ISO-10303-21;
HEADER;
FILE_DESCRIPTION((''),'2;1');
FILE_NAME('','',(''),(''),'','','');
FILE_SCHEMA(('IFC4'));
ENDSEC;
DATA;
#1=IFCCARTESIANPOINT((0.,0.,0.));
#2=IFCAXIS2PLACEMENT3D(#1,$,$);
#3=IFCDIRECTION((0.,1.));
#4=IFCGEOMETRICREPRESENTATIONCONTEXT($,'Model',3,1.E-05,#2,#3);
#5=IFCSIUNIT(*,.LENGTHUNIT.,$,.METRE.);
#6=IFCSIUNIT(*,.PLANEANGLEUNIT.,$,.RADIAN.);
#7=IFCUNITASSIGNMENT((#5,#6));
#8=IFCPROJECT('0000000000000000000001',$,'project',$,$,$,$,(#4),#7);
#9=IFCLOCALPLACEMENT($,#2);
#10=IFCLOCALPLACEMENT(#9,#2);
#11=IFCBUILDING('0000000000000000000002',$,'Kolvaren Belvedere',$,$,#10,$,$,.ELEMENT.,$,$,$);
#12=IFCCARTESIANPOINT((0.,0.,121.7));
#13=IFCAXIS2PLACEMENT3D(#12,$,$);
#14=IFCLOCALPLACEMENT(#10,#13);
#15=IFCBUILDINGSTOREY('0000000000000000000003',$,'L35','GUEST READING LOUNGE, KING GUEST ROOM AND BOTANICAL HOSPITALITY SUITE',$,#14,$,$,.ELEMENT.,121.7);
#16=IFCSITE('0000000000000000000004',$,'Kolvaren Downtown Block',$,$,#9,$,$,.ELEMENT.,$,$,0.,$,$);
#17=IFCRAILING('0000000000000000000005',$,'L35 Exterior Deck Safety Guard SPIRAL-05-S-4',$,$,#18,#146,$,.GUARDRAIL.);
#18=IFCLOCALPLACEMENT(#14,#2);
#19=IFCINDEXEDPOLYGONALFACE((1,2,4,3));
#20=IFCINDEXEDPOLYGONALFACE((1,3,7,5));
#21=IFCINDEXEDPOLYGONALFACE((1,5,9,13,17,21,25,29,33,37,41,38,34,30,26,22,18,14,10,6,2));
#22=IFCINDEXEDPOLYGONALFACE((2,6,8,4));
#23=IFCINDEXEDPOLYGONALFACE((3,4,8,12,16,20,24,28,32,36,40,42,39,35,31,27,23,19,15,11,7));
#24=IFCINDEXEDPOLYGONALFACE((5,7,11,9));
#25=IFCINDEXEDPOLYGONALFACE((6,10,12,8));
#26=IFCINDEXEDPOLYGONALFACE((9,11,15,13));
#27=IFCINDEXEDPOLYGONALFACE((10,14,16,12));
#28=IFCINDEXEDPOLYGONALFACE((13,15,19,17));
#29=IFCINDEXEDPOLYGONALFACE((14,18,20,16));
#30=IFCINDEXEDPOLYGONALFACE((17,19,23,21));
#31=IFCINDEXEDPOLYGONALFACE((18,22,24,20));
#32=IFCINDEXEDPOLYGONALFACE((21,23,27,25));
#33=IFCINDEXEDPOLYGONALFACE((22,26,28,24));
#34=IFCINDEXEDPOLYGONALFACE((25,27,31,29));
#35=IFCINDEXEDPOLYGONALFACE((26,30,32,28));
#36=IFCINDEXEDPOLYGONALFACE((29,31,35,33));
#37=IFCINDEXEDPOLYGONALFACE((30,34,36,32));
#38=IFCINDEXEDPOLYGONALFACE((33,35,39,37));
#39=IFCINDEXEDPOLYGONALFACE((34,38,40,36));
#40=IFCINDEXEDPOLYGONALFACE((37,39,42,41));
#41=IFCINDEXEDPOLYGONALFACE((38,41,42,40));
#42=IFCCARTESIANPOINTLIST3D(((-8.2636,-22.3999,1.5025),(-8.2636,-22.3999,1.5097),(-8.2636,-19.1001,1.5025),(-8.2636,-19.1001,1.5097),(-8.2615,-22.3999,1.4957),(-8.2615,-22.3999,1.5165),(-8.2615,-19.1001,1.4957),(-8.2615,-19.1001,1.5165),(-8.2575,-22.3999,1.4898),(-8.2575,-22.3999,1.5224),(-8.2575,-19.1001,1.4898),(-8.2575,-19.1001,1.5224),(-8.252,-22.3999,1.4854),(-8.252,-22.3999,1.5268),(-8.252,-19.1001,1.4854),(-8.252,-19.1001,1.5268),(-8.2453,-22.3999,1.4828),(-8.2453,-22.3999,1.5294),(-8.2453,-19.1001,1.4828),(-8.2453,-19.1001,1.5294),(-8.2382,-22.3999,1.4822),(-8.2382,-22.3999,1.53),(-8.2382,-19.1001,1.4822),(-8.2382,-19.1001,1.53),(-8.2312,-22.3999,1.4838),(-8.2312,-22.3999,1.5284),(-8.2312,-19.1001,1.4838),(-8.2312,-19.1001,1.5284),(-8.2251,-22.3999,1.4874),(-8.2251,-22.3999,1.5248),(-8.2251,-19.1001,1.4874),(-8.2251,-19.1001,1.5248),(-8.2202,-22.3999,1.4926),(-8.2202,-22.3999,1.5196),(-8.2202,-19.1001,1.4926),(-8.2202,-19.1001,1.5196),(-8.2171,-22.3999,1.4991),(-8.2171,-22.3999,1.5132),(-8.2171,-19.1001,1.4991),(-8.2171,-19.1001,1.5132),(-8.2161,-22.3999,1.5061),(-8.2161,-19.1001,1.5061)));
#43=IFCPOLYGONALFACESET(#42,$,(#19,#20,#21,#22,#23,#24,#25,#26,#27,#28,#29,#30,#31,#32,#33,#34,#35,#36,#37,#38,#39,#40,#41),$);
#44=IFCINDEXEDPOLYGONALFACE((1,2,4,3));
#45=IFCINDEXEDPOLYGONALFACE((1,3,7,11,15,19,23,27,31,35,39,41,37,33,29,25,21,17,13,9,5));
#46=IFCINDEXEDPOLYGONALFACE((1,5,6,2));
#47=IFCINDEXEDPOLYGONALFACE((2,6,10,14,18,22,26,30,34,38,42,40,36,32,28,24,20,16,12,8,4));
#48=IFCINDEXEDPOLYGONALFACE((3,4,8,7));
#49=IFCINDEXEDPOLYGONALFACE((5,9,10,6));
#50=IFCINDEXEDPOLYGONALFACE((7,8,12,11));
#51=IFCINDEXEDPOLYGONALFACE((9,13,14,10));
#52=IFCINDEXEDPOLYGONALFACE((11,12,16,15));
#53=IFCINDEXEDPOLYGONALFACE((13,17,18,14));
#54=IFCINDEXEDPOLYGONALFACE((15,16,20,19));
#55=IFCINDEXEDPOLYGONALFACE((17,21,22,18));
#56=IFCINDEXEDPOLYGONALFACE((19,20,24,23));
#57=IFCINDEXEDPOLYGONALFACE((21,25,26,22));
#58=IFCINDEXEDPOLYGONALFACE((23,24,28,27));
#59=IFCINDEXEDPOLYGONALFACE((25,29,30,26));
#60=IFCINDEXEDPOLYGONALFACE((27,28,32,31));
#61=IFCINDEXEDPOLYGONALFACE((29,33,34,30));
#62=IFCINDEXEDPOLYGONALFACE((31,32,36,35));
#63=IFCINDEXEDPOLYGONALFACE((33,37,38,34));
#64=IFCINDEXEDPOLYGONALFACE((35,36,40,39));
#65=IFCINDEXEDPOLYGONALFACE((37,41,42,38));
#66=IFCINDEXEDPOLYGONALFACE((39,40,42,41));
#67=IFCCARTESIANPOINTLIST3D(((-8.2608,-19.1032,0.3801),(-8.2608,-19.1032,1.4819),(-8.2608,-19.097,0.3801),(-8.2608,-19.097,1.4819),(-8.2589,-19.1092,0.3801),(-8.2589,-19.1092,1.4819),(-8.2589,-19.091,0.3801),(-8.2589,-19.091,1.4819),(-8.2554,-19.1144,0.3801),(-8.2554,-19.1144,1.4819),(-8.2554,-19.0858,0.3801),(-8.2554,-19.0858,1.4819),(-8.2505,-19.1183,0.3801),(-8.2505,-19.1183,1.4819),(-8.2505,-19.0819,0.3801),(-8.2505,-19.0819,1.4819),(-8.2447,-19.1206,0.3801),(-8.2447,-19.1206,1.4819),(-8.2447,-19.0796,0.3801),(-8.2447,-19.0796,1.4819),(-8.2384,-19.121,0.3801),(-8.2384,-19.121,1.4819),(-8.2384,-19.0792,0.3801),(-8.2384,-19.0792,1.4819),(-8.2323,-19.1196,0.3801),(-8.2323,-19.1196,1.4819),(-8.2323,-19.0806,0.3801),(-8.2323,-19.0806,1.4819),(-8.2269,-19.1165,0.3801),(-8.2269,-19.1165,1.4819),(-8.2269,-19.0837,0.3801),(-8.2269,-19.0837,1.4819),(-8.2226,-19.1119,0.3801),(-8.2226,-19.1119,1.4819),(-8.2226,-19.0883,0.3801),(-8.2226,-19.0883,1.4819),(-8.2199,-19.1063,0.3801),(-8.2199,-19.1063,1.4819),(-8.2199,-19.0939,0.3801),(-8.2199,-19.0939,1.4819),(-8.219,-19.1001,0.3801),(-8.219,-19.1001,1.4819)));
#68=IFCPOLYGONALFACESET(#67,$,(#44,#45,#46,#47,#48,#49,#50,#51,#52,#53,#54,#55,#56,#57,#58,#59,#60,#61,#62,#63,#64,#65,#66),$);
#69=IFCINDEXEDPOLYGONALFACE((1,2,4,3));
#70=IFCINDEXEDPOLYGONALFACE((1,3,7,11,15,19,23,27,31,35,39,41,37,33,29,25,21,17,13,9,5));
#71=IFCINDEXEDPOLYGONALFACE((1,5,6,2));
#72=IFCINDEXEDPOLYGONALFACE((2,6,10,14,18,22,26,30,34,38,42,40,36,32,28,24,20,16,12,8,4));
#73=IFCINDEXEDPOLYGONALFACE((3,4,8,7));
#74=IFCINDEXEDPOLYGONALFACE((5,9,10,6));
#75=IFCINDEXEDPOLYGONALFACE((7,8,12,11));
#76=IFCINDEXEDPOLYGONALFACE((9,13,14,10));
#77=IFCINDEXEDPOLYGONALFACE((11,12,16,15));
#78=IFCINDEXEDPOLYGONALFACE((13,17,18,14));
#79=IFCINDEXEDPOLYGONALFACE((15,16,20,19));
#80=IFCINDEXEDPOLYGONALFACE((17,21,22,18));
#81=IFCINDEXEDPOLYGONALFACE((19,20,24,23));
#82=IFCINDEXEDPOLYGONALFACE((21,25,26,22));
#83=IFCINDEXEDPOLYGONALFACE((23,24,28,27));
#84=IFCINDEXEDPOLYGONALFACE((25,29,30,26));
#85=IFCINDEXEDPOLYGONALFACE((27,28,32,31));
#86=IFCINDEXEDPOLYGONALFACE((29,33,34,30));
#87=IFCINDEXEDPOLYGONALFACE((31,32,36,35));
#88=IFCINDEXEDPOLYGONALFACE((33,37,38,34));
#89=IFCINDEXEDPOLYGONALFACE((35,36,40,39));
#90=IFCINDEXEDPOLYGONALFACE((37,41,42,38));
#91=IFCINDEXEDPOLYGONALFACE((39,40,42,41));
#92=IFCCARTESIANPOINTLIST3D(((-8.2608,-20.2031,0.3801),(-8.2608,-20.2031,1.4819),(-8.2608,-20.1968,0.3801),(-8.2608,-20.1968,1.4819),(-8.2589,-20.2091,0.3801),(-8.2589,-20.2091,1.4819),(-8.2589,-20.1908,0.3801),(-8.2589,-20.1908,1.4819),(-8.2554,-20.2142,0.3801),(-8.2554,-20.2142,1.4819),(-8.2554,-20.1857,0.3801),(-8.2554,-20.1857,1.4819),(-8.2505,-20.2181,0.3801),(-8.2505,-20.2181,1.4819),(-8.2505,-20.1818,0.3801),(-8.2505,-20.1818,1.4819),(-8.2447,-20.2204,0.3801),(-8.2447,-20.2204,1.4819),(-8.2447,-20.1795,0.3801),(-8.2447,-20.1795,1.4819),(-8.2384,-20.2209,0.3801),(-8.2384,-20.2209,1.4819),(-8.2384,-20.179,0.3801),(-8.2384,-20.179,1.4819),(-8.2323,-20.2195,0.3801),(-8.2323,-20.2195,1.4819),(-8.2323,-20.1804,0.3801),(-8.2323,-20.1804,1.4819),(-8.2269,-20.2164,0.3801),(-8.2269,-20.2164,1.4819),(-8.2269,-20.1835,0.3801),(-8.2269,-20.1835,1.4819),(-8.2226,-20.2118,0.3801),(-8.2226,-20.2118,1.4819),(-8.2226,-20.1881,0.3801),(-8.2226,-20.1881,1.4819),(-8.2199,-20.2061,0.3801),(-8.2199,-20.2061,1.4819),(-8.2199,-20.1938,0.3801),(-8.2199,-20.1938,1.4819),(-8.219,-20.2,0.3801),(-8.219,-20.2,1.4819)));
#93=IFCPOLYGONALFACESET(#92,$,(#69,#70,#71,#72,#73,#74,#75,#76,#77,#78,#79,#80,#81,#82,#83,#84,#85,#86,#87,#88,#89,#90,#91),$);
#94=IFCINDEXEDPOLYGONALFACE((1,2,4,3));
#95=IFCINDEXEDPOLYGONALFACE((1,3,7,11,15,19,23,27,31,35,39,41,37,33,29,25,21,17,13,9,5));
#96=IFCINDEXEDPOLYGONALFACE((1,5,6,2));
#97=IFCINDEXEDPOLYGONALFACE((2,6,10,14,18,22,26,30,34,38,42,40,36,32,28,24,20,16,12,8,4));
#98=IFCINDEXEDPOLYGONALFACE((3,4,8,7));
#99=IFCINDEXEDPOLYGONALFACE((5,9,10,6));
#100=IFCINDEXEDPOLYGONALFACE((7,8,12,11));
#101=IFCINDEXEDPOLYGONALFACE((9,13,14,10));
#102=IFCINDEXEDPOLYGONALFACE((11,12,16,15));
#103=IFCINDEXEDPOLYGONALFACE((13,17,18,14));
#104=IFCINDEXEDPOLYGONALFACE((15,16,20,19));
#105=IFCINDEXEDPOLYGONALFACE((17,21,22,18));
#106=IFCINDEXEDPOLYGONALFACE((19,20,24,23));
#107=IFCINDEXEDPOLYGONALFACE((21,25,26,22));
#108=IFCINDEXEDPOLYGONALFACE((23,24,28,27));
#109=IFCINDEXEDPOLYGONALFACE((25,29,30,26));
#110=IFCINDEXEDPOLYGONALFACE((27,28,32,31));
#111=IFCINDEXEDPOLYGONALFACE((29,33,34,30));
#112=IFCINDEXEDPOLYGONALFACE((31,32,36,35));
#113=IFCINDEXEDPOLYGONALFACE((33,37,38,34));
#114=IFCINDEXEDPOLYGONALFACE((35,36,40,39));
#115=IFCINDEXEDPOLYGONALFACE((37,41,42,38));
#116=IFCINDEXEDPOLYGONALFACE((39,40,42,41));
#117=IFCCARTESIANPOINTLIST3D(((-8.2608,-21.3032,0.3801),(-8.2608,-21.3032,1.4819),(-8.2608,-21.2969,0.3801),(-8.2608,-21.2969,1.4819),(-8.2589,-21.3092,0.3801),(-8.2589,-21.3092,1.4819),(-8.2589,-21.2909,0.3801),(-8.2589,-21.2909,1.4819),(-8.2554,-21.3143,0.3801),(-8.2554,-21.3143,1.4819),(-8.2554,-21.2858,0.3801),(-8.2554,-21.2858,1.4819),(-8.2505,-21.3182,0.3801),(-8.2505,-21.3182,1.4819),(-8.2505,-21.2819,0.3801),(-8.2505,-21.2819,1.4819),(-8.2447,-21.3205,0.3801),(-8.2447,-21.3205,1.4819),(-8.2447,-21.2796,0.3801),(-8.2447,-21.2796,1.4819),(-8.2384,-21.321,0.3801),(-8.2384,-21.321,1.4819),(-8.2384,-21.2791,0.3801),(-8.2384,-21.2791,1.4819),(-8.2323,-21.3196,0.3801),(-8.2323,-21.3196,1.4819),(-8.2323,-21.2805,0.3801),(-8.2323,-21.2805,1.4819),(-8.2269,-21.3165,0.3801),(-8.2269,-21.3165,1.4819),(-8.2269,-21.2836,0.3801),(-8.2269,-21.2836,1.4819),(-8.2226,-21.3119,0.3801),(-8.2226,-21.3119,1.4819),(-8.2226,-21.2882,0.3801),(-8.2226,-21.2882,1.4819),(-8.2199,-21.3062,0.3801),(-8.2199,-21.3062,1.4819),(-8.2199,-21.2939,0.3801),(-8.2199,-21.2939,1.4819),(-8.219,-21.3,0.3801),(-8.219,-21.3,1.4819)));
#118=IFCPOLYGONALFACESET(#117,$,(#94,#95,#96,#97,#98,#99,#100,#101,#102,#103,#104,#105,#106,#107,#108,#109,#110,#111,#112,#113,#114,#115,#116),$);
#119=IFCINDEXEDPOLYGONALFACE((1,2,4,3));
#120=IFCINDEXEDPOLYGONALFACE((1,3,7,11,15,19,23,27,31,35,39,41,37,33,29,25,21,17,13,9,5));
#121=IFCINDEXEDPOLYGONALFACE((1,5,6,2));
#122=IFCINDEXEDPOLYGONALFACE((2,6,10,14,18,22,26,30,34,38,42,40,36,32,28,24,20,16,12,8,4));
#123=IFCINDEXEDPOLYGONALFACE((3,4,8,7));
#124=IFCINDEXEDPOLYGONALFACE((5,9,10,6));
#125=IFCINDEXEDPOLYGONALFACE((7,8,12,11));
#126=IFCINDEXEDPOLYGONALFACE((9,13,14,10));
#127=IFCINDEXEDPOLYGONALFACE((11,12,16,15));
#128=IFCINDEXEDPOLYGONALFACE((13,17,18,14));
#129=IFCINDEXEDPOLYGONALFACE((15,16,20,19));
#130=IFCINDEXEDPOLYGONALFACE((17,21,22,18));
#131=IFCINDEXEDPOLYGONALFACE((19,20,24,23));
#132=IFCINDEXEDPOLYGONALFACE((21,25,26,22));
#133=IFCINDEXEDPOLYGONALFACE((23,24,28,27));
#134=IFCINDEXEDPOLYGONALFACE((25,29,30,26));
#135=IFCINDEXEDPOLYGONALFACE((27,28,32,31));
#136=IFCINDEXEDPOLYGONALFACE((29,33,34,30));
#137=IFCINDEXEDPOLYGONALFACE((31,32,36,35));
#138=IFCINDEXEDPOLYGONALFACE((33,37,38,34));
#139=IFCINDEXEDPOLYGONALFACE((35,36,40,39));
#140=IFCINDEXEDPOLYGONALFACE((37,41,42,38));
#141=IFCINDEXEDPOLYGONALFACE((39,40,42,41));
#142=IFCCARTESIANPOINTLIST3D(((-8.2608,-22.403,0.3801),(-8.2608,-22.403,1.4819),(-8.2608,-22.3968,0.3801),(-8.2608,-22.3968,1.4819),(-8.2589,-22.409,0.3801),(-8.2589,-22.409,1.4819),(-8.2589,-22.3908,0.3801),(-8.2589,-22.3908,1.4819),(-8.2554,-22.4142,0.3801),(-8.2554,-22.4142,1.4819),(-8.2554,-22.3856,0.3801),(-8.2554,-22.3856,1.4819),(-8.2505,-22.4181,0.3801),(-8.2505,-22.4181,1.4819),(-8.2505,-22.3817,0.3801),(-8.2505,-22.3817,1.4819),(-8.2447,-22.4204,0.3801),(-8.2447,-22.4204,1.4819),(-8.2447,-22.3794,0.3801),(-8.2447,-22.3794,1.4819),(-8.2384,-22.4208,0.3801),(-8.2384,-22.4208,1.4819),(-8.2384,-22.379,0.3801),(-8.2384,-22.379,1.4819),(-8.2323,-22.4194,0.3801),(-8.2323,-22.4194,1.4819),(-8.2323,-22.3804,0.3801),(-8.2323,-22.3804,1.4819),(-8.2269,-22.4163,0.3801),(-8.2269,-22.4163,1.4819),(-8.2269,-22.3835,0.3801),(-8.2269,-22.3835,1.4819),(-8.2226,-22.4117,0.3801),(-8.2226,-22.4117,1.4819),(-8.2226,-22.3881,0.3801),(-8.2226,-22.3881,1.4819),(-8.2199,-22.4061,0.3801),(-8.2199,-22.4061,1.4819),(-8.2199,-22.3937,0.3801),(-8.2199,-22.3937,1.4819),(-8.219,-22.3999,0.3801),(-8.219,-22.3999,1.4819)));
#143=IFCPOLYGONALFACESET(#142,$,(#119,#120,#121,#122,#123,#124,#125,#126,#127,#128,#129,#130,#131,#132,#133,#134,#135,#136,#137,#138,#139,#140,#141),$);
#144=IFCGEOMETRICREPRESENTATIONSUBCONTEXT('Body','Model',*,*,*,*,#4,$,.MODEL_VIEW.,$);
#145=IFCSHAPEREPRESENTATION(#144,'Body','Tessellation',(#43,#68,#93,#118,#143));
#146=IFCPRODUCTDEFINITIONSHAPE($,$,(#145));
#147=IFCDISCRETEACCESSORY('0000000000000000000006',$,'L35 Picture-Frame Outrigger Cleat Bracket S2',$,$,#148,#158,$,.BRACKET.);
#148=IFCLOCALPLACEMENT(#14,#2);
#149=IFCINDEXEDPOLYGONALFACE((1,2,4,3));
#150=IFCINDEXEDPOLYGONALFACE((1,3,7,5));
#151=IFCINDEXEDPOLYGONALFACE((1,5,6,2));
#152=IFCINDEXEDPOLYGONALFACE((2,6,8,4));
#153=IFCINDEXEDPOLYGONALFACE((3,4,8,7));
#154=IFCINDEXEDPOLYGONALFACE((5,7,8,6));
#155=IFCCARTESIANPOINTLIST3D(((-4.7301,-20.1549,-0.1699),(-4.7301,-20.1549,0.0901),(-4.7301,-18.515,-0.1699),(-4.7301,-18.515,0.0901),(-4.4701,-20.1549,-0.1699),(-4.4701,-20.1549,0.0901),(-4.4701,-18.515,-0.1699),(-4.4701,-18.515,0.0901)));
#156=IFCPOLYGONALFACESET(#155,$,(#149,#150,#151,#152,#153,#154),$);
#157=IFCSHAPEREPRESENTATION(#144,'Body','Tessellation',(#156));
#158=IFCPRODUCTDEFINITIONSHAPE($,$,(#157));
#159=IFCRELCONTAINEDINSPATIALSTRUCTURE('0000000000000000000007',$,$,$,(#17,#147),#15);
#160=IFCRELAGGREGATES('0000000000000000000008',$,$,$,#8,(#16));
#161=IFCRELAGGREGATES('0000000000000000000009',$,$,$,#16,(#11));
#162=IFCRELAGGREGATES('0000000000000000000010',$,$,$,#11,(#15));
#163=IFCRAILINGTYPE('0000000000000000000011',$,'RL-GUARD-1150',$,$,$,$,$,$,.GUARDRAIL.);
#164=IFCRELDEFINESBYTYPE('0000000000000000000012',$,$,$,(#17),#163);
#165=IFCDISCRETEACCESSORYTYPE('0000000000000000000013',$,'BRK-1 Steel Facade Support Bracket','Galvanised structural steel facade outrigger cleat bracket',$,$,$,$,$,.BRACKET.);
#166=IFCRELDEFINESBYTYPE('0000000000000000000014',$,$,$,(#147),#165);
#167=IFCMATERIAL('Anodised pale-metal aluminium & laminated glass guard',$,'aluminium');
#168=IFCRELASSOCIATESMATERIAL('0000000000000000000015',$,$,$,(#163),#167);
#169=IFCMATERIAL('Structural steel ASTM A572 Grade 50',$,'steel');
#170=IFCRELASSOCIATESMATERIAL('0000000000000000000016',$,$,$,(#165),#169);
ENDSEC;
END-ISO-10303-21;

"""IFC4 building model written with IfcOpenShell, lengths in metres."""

from ifc_helpers import new_model, si_unit, direction, frame, origin, origin_2d, place, context, subcontext, project, spatial, rectangle, circle, extrude, material, type_object, element, save


model = new_model("IFC4")

# Units and contexts
model_context = context("Model", 3, precision=1e-05, world=origin(), true_north=direction((0.0, 1.0)))
body_context = subcontext(model_context, "Body", "Model", "MODEL_VIEW")
ifc_project = project(units=[si_unit("LENGTHUNIT", "METRE"), si_unit("PLANEANGLEUNIT", "RADIAN")], contexts=[model_context])

# Site, building, storey
site_placement = place(None, origin())
site = spatial("IfcSite", under=ifc_project, at=site_placement, Name="Kolvaren Downtown Block", CompositionType="ELEMENT", RefElevation=0.0)
building_placement = place(site_placement, origin())
building = spatial("IfcBuilding", under=site, at=building_placement, Name="Kolvaren Belvedere", CompositionType="ELEMENT")
storey_placement = place(building_placement, frame((0.0, 0.0, 121.7)))
storey = spatial("IfcBuildingStorey", under=building, at=storey_placement, Name="L35", Description="GUEST READING LOUNGE, KING GUEST ROOM AND BOTANICAL HOSPITALITY SUITE", CompositionType="ELEMENT", Elevation=121.7)

# Railing
ifc_material_1 = material(Name="Anodised pale-metal aluminium & laminated glass guard", Category="aluminium")
railing_type = type_object("IfcRailingType", Name="RL-GUARD-1150", PredefinedType="GUARDRAIL", material=ifc_material_1)
railing_1_placement = place(storey_placement, frame((-8.24, -19.1001, 0.3801)))
element("IfcRailing", 1, at=railing_1_placement, inside=storey, type_object=railing_type, Name="L35 Exterior Deck Safety Guard SPIRAL-05-S-4", PredefinedType="GUARDRAIL", context=body_context, shape_type="SweptSolid", body=[
    extrude(circle(Radius=0.0239, at=origin_2d()), frame((0.0, 0.0, 1.126), z_axis=(0.0, -1.0, 0.0), x_axis=(1.0, 0.0, 0.0)), (0.0, 0.0, 1.0), 3.2998),
    extrude(circle(Radius=0.021, at=origin_2d()), origin(), (0.0, 0.0, 1.0), 1.1018),
    extrude(circle(Radius=0.021, at=origin_2d()), frame((0.0, -1.0999, 0.0)), (0.0, 0.0, 1.0), 1.1018),
    extrude(circle(Radius=0.021, at=origin_2d()), frame((0.0, -2.2, 0.0)), (0.0, 0.0, 1.0), 1.1018),
    extrude(circle(Radius=0.021, at=origin_2d()), frame((0.0, -3.2998, 0.0)), (0.0, 0.0, 1.0), 1.1018),
])

# Discrete accessory
ifc_material_2 = material(Name="Structural steel ASTM A572 Grade 50", Category="steel")
discrete_accessory_type = type_object("IfcDiscreteAccessoryType", Name="BRK-1 Steel Facade Support Bracket", Description="Galvanised structural steel facade outrigger cleat bracket", PredefinedType="BRACKET", material=ifc_material_2)
discrete_accessory_placement = place(storey_placement, frame((-4.6001, -19.335, -0.1699), z_axis=(0.0, 0.0, 1.0), x_axis=(0.0, 1.0, 0.0)))
element("IfcDiscreteAccessory", 2, at=discrete_accessory_placement, inside=storey, type_object=discrete_accessory_type, Name="L35 Picture-Frame Outrigger Cleat Bracket S2", PredefinedType="BRACKET", context=body_context, shape_type="SweptSolid", body=[
    extrude(rectangle(XDim=1.6399, YDim=0.26, at=origin_2d()), origin(), (0.0, 0.0, 1.0), 0.26),
])

save(model, "model.ifc")
